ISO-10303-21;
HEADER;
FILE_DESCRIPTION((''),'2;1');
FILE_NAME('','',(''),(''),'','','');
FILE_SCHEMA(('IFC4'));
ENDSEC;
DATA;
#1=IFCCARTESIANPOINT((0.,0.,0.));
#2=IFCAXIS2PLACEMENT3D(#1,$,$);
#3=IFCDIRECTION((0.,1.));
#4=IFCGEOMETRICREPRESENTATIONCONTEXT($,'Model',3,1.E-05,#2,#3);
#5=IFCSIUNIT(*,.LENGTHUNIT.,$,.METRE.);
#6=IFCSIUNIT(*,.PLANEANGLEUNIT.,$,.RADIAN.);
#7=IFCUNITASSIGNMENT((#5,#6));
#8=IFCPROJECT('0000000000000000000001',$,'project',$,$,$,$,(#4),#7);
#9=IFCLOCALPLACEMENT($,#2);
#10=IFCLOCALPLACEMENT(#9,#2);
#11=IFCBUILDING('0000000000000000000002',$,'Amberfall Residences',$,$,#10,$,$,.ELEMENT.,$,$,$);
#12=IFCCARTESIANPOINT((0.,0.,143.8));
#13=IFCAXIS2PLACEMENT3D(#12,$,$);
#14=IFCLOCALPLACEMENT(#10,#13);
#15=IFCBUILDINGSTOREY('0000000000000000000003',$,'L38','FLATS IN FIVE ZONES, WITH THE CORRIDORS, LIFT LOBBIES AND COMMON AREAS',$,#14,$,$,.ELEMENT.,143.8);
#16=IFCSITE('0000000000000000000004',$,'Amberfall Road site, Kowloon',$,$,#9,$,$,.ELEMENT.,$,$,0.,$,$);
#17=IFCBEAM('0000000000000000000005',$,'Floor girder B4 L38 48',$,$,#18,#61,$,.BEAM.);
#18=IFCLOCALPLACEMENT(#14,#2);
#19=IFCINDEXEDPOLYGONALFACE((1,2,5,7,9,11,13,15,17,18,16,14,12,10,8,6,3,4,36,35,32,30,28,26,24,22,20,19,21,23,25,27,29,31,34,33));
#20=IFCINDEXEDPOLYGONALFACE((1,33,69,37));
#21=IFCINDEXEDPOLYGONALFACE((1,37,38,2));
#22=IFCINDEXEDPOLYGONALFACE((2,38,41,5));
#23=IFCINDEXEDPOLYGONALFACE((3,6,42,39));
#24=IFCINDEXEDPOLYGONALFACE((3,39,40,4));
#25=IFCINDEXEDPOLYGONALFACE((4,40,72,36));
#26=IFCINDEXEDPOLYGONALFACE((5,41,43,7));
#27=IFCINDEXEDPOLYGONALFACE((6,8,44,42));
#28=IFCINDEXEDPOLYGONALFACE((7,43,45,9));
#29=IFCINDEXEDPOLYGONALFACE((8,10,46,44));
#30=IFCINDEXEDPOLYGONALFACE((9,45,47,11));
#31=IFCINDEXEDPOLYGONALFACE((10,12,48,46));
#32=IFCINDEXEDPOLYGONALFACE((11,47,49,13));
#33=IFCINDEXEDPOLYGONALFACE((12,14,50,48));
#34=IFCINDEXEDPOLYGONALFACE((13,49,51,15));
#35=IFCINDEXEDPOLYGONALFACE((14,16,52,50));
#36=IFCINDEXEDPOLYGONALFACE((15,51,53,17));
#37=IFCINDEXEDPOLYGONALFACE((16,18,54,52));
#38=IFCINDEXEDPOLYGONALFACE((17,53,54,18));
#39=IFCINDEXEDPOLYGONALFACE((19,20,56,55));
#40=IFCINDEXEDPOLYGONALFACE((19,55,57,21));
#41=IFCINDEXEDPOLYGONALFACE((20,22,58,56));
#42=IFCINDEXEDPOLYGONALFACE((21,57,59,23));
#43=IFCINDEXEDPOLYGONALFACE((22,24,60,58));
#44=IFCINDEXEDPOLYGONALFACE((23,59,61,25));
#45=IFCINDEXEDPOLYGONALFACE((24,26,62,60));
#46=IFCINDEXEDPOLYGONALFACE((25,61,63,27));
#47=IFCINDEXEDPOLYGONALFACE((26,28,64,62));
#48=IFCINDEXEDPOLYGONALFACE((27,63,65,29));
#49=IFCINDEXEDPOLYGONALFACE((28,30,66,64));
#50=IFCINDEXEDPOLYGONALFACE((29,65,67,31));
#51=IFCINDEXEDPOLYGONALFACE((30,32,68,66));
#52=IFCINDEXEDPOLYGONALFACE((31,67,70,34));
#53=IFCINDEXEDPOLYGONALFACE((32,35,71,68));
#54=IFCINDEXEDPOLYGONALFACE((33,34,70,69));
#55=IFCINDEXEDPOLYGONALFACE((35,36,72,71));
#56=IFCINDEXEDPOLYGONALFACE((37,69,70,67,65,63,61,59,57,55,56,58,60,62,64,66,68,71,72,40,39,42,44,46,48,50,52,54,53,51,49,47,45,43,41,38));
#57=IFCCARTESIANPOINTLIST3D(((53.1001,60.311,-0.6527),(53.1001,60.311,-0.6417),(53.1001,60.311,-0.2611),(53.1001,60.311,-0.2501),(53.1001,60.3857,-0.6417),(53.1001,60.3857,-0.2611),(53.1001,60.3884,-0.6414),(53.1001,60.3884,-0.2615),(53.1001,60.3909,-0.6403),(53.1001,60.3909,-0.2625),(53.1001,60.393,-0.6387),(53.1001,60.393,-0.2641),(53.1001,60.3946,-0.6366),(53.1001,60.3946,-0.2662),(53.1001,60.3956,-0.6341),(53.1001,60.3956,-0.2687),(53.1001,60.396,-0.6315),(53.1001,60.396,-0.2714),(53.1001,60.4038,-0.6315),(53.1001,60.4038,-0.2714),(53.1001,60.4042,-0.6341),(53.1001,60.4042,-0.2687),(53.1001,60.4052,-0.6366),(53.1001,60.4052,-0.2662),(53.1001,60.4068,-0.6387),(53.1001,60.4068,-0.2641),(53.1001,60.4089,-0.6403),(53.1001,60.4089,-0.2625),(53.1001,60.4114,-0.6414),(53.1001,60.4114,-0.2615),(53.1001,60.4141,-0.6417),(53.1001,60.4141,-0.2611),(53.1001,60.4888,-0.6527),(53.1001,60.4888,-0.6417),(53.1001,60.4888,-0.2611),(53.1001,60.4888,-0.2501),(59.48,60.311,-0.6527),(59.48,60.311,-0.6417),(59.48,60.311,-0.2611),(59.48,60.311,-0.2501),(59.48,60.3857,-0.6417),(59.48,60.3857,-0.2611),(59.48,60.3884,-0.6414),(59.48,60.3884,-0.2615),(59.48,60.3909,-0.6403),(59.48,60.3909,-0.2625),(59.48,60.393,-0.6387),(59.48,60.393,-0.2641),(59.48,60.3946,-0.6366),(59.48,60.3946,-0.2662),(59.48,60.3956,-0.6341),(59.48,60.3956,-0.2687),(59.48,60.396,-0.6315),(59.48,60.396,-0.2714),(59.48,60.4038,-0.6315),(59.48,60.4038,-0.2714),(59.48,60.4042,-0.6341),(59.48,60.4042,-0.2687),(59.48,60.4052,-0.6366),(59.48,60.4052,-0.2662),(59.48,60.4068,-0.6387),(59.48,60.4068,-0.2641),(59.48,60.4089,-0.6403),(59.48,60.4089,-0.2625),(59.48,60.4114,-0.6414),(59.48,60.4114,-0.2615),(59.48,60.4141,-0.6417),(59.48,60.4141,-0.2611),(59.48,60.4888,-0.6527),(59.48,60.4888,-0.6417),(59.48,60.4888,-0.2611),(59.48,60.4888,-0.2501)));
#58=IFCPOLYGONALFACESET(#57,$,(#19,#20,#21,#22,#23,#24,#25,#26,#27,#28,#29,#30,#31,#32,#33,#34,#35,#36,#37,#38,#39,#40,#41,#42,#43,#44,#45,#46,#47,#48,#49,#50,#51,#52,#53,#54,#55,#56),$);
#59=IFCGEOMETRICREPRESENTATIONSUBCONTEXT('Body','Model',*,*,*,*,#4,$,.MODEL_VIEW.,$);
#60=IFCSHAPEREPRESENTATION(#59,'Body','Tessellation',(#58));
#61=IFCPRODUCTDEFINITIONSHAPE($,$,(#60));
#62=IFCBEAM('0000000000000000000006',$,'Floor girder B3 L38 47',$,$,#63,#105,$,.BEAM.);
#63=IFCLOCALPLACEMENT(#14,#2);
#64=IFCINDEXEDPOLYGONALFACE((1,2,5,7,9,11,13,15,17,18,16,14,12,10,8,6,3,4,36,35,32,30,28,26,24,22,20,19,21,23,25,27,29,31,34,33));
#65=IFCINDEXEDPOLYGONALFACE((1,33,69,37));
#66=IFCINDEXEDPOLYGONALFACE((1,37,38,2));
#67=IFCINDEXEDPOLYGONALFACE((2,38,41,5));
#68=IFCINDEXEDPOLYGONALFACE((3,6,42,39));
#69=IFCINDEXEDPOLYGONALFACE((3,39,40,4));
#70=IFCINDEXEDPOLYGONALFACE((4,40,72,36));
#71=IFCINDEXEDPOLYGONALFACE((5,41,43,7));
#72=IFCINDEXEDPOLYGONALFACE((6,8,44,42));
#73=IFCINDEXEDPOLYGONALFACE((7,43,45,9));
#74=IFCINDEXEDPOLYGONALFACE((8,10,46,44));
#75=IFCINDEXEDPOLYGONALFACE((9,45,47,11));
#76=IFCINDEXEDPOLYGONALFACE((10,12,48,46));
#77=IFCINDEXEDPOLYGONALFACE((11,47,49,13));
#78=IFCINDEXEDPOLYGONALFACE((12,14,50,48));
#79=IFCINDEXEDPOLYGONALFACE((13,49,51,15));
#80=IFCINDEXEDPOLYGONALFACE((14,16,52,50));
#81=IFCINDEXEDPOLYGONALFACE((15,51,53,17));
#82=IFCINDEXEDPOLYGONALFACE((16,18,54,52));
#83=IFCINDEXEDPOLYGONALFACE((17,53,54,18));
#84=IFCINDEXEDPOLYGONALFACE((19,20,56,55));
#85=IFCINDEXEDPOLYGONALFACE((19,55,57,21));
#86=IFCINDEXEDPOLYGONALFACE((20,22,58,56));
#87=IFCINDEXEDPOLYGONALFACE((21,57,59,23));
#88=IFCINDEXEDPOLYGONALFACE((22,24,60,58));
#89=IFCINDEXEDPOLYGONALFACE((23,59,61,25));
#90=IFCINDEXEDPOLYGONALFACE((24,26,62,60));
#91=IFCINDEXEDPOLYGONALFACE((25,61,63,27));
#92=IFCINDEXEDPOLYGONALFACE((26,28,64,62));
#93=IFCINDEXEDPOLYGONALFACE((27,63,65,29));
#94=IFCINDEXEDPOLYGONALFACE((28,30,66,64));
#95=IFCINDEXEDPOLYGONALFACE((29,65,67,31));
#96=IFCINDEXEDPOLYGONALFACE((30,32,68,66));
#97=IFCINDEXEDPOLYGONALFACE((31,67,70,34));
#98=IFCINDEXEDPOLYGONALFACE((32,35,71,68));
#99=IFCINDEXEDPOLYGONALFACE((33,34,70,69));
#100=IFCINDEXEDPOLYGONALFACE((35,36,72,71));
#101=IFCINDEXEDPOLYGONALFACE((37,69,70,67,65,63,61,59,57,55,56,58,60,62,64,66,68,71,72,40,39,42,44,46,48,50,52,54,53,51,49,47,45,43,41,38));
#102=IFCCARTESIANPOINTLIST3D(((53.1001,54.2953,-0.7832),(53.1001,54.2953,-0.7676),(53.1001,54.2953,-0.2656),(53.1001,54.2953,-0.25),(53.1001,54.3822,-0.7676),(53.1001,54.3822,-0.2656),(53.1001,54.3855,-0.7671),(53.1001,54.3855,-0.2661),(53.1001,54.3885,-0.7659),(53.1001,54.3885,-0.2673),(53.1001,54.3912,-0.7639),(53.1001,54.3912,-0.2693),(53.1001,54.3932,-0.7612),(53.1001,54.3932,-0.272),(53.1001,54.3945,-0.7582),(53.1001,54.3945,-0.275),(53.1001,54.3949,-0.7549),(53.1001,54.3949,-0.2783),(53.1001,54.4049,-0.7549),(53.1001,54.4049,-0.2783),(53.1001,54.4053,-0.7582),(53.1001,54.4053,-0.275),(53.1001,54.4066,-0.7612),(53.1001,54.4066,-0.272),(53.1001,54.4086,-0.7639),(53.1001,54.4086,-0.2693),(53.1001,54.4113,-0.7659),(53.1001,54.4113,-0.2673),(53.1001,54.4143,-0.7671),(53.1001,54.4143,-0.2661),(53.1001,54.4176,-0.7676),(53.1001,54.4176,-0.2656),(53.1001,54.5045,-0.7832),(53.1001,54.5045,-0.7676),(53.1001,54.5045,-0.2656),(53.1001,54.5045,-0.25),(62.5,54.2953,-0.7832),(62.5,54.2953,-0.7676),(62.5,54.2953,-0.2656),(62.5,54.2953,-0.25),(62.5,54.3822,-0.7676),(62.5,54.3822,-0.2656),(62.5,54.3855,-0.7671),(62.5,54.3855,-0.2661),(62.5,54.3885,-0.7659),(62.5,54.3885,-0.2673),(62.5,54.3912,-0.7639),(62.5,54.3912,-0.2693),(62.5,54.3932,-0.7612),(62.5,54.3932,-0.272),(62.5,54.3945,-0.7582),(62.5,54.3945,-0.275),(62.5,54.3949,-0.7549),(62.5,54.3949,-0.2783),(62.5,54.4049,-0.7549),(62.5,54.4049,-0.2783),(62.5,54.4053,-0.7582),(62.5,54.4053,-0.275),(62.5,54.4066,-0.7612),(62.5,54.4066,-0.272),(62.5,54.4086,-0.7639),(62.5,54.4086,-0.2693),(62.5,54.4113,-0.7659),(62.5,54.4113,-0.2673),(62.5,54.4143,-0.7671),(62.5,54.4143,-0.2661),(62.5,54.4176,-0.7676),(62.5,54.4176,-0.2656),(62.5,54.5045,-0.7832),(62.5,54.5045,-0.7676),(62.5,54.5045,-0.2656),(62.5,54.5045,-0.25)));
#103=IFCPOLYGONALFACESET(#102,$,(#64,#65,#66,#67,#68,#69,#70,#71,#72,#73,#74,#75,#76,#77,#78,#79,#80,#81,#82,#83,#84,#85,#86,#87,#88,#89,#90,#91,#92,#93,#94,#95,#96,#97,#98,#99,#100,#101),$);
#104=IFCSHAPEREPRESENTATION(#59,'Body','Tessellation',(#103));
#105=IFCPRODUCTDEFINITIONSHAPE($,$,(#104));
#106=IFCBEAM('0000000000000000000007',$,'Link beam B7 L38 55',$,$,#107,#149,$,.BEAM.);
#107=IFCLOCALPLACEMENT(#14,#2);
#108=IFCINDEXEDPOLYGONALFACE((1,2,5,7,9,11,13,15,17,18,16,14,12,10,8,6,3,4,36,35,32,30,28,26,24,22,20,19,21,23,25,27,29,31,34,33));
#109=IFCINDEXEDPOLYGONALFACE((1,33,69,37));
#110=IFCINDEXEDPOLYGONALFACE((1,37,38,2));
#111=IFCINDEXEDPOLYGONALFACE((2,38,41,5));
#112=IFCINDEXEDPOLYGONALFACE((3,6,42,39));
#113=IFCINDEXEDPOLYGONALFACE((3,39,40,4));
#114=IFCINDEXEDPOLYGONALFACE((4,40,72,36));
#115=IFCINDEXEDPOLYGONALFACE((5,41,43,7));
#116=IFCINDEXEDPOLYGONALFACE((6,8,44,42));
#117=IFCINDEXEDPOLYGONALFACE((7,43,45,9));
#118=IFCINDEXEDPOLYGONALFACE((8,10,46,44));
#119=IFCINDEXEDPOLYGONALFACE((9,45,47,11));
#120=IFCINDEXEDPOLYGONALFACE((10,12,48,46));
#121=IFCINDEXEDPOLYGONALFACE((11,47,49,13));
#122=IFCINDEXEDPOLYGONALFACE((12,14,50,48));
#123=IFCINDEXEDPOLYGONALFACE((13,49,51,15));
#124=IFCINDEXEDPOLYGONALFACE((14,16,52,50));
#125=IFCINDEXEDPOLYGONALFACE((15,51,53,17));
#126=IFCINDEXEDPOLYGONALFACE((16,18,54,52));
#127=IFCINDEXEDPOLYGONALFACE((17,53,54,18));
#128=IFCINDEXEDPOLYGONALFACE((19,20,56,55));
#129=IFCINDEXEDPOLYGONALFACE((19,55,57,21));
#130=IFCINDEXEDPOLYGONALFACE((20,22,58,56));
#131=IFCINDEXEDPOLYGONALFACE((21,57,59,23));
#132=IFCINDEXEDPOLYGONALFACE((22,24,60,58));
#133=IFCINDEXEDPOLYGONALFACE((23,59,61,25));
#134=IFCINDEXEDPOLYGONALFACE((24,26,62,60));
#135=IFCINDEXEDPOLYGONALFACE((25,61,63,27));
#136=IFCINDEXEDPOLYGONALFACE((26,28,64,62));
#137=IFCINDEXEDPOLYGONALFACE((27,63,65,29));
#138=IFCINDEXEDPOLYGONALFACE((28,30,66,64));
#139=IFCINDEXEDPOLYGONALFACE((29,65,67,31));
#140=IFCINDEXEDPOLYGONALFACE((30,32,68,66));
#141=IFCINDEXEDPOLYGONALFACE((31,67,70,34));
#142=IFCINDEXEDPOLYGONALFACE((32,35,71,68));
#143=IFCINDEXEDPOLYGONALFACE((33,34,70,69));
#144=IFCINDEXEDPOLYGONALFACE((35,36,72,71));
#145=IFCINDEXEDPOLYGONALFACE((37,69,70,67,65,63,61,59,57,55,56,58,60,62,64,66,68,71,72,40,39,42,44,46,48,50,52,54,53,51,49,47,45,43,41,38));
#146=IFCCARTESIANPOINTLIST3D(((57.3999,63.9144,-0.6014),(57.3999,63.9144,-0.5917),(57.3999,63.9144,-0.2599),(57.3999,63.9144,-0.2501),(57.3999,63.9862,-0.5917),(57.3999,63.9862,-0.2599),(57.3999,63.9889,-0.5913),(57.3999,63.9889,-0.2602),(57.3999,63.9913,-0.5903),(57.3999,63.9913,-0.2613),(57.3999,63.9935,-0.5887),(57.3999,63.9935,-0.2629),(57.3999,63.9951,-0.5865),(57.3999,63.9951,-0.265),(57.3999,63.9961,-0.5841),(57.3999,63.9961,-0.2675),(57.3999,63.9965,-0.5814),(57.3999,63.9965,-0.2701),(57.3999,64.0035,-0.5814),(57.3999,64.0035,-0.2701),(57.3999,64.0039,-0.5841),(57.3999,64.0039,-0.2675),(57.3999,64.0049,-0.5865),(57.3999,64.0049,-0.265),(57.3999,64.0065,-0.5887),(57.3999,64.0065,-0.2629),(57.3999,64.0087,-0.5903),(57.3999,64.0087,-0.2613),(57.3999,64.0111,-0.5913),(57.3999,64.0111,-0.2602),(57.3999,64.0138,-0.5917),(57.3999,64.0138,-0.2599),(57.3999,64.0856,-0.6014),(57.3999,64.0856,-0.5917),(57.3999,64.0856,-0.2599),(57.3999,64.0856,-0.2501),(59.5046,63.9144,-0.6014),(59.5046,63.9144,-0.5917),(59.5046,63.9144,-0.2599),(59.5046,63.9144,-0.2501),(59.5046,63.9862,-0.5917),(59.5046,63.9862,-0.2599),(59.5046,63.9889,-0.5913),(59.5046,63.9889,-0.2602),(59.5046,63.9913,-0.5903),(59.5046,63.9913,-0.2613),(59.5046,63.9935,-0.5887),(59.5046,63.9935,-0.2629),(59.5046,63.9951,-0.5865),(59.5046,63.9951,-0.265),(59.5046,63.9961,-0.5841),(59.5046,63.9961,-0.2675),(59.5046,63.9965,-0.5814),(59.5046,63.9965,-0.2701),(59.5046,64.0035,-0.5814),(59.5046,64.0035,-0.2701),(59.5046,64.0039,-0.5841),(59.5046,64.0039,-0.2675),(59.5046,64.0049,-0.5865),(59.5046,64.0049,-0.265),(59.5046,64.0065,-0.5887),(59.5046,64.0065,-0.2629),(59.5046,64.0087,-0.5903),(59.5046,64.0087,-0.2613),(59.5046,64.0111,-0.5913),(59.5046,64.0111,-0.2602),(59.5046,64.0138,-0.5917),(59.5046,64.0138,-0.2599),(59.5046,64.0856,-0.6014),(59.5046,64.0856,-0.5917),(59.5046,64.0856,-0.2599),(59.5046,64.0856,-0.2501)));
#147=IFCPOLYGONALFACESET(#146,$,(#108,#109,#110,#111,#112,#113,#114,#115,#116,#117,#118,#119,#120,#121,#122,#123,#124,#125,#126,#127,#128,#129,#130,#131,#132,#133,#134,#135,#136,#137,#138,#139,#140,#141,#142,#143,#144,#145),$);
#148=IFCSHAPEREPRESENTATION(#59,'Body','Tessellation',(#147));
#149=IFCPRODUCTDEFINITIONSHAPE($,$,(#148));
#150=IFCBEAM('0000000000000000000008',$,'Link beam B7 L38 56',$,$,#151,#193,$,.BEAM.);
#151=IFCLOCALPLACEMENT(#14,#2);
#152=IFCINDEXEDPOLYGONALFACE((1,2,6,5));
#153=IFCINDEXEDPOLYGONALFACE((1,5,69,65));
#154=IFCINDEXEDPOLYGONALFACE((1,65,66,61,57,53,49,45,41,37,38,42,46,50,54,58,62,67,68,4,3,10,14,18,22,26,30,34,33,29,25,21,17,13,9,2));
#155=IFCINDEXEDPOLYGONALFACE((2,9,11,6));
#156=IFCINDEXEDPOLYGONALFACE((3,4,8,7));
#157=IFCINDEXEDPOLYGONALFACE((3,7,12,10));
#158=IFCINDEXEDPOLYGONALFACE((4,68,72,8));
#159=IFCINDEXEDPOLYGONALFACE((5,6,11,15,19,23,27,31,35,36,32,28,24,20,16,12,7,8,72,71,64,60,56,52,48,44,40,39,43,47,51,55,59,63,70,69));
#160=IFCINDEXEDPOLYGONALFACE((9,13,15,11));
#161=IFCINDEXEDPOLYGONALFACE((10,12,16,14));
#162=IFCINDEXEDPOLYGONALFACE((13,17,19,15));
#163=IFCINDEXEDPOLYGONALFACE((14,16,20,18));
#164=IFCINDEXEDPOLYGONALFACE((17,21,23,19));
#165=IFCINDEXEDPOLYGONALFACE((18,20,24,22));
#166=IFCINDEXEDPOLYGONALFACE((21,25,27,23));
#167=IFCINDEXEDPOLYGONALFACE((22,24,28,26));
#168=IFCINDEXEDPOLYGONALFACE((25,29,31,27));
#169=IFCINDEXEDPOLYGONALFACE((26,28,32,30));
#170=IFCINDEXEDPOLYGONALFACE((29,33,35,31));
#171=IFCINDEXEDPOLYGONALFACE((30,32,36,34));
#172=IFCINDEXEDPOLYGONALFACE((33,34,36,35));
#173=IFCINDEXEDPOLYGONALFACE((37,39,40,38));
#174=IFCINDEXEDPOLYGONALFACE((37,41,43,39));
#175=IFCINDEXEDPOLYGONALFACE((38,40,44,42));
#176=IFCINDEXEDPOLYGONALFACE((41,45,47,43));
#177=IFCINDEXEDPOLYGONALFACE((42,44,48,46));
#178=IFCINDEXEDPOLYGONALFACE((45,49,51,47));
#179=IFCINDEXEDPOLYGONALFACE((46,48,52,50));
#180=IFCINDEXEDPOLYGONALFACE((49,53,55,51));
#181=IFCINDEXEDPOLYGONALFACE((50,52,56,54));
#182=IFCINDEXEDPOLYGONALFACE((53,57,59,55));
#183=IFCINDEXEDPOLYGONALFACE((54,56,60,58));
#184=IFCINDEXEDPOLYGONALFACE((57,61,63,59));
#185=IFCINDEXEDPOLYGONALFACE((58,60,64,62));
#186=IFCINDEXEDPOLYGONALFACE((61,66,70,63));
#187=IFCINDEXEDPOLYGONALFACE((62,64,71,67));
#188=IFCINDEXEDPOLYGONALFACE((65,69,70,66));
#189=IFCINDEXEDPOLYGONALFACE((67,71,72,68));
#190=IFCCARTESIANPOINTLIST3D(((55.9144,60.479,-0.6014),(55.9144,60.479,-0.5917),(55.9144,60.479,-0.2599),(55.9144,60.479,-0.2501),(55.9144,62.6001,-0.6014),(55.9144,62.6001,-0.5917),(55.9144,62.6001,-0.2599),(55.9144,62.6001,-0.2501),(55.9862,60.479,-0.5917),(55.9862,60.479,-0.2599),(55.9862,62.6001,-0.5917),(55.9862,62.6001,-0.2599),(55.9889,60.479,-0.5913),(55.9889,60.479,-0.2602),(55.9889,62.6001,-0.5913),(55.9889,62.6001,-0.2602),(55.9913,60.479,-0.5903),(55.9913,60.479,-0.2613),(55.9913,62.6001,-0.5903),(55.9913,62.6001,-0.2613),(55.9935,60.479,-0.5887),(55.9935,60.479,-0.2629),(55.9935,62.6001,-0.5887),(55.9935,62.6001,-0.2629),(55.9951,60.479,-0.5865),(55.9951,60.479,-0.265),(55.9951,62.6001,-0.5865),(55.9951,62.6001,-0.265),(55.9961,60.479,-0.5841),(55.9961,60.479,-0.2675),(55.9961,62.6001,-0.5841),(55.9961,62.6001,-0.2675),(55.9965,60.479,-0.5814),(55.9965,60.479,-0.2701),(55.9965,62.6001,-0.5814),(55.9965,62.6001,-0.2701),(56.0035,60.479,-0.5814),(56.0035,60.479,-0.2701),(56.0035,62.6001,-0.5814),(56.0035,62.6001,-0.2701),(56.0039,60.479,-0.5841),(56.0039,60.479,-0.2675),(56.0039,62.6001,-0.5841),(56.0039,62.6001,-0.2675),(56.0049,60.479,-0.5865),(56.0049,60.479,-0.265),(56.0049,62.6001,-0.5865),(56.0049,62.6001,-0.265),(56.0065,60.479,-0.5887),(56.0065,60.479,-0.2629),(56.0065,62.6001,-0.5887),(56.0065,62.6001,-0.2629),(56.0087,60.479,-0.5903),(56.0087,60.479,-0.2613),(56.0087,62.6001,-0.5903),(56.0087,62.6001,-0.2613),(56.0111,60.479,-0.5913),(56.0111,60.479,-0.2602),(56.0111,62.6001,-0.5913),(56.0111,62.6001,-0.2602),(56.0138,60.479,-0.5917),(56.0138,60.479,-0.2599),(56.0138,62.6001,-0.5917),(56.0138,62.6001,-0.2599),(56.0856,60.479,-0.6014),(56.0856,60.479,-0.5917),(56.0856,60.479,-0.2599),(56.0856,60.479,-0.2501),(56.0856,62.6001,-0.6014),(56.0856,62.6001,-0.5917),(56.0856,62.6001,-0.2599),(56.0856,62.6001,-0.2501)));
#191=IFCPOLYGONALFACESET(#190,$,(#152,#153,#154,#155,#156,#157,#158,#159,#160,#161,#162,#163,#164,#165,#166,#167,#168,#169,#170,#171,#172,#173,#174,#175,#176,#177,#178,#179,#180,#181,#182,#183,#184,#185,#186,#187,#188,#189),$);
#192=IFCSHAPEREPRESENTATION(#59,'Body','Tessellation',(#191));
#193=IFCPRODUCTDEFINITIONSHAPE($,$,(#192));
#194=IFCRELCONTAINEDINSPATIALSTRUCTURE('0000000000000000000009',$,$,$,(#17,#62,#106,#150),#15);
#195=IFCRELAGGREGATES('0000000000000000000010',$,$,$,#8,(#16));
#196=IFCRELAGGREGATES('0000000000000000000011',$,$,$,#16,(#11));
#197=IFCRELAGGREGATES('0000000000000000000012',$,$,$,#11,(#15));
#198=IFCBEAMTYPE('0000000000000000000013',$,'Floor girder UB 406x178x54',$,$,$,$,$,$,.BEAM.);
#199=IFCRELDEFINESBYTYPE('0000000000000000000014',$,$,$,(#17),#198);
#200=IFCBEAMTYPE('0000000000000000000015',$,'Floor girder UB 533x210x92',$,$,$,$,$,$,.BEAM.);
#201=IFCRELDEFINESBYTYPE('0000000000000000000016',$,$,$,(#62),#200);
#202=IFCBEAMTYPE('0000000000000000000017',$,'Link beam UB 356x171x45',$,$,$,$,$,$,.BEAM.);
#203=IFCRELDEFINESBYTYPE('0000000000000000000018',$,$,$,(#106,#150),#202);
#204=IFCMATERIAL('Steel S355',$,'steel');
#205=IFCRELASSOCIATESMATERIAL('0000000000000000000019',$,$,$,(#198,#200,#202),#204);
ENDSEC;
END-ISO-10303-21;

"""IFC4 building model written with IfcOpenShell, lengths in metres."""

from ifc_helpers import new_model, si_unit, direction, frame, origin, origin_2d, place, context, subcontext, project, spatial, i_section, extrude, material, material_profile, profile_set, type_object, element, save


model = new_model("IFC4")

# Units and contexts
model_context = context("Model", 3, precision=1e-05, world=origin(), true_north=direction((0.0, 1.0)))
body_context = subcontext(model_context, "Body", "Model", "MODEL_VIEW")
ifc_project = project(units=[si_unit("LENGTHUNIT", "METRE"), si_unit("PLANEANGLEUNIT", "RADIAN")], contexts=[model_context])

# Site, building, storey
site_placement = place(None, origin())
site = spatial("IfcSite", under=ifc_project, at=site_placement, Name="Amberfall Road site, Kowloon", CompositionType="ELEMENT", RefElevation=0.0)
building_placement = place(site_placement, origin())
building = spatial("IfcBuilding", under=site, at=building_placement, Name="Amberfall Residences", CompositionType="ELEMENT")
storey_placement = place(building_placement, frame((0.0, 0.0, 143.8)))
storey = spatial("IfcBuildingStorey", under=building, at=storey_placement, Name="L38", Description="FLATS IN FIVE ZONES, WITH THE CORRIDORS, LIFT LOBBIES AND COMMON AREAS", CompositionType="ELEMENT", Elevation=143.8)

# Shared definitions
ifc_material_1 = material(Name="Steel S355", Category="steel")

# Beams
ifc_material_profile_1 = material_profile(ifc_material_1, i_section(OverallWidth=0.1777, OverallDepth=0.4026, WebThickness=0.0078, FlangeThickness=0.011, FilletRadius=0.0103, at=origin_2d()), Name="UB 406x178x54")
ifc_profile_set_1 = profile_set([ifc_material_profile_1], Name="Steel S355")
beam_type_1 = type_object("IfcBeamType", Name="Floor girder UB 406x178x54", PredefinedType="BEAM", material=ifc_profile_set_1)
beam_1_placement = place(storey_placement, frame((53.1001, 60.3999, -0.4514), z_axis=(1.0, 0.0, 0.0), x_axis=(0.0, 1.0, 0.0)))
element("IfcBeam", 1, at=beam_1_placement, inside=storey, type_object=beam_type_1, Name="Floor girder B4 L38 48", PredefinedType="BEAM", context=body_context, shape_type="SweptSolid", body=[
    extrude(i_section(OverallWidth=0.1777, OverallDepth=0.4026, WebThickness=0.0078, FlangeThickness=0.011, FilletRadius=0.0103, at=origin_2d()), origin(), (0.0, 0.0, 1.0), 6.3799),
])
ifc_material_profile_2 = material_profile(ifc_material_1, i_section(OverallWidth=0.2092, OverallDepth=0.5332, WebThickness=0.01, FlangeThickness=0.0156, FilletRadius=0.0127, at=origin_2d()), Name="UB 533x210x92")
ifc_profile_set_2 = profile_set([ifc_material_profile_2], Name="Steel S355")
beam_type_2 = type_object("IfcBeamType", Name="Floor girder UB 533x210x92", PredefinedType="BEAM", material=ifc_profile_set_2)
beam_2_placement = place(storey_placement, frame((53.1001, 54.3999, -0.5166), z_axis=(1.0, 0.0, 0.0), x_axis=(0.0, 1.0, 0.0)))
element("IfcBeam", 2, at=beam_2_placement, inside=storey, type_object=beam_type_2, Name="Floor girder B3 L38 47", PredefinedType="BEAM", context=body_context, shape_type="SweptSolid", body=[
    extrude(i_section(OverallWidth=0.2092, OverallDepth=0.5332, WebThickness=0.01, FlangeThickness=0.0156, FilletRadius=0.0127, at=origin_2d()), origin(), (0.0, 0.0, 1.0), 9.3999),
])
ifc_material_profile_3 = material_profile(ifc_material_1, i_section(OverallWidth=0.1711, OverallDepth=0.3513, WebThickness=0.0071, FlangeThickness=0.0098, FilletRadius=0.0103, at=origin_2d()), Name="UB 356x171x45")
ifc_profile_set_3 = profile_set([ifc_material_profile_3], Name="Steel S355")
beam_type_3 = type_object("IfcBeamType", Name="Link beam UB 356x171x45", PredefinedType="BEAM", material=ifc_profile_set_3)
beam_3_placement = place(storey_placement, frame((57.3999, 64.0, -0.4258), z_axis=(1.0, 0.0, 0.0), x_axis=(0.0, 1.0, 0.0)))
element("IfcBeam", 3, at=beam_3_placement, inside=storey, type_object=beam_type_3, Name="Link beam B7 L38 55", PredefinedType="BEAM", context=body_context, shape_type="SweptSolid", body=[
    extrude(i_section(OverallWidth=0.1711, OverallDepth=0.3513, WebThickness=0.0071, FlangeThickness=0.0098, FilletRadius=0.0103, at=origin_2d()), origin(), (0.0, 0.0, 1.0), 2.1047),
])
beam_4_placement = place(storey_placement, frame((56.0, 62.6001, -0.4258), z_axis=(0.0, -1.0, 0.0), x_axis=(1.0, 0.0, 0.0)))
element("IfcBeam", 4, at=beam_4_placement, inside=storey, type_object=beam_type_3, Name="Link beam B7 L38 56", PredefinedType="BEAM", context=body_context, shape_type="SweptSolid", body=[
    extrude(i_section(OverallWidth=0.1711, OverallDepth=0.3513, WebThickness=0.0071, FlangeThickness=0.0098, FilletRadius=0.0103, at=origin_2d()), origin(), (0.0, 0.0, 1.0), 2.1211),
])

save(model, "model.ifc")
